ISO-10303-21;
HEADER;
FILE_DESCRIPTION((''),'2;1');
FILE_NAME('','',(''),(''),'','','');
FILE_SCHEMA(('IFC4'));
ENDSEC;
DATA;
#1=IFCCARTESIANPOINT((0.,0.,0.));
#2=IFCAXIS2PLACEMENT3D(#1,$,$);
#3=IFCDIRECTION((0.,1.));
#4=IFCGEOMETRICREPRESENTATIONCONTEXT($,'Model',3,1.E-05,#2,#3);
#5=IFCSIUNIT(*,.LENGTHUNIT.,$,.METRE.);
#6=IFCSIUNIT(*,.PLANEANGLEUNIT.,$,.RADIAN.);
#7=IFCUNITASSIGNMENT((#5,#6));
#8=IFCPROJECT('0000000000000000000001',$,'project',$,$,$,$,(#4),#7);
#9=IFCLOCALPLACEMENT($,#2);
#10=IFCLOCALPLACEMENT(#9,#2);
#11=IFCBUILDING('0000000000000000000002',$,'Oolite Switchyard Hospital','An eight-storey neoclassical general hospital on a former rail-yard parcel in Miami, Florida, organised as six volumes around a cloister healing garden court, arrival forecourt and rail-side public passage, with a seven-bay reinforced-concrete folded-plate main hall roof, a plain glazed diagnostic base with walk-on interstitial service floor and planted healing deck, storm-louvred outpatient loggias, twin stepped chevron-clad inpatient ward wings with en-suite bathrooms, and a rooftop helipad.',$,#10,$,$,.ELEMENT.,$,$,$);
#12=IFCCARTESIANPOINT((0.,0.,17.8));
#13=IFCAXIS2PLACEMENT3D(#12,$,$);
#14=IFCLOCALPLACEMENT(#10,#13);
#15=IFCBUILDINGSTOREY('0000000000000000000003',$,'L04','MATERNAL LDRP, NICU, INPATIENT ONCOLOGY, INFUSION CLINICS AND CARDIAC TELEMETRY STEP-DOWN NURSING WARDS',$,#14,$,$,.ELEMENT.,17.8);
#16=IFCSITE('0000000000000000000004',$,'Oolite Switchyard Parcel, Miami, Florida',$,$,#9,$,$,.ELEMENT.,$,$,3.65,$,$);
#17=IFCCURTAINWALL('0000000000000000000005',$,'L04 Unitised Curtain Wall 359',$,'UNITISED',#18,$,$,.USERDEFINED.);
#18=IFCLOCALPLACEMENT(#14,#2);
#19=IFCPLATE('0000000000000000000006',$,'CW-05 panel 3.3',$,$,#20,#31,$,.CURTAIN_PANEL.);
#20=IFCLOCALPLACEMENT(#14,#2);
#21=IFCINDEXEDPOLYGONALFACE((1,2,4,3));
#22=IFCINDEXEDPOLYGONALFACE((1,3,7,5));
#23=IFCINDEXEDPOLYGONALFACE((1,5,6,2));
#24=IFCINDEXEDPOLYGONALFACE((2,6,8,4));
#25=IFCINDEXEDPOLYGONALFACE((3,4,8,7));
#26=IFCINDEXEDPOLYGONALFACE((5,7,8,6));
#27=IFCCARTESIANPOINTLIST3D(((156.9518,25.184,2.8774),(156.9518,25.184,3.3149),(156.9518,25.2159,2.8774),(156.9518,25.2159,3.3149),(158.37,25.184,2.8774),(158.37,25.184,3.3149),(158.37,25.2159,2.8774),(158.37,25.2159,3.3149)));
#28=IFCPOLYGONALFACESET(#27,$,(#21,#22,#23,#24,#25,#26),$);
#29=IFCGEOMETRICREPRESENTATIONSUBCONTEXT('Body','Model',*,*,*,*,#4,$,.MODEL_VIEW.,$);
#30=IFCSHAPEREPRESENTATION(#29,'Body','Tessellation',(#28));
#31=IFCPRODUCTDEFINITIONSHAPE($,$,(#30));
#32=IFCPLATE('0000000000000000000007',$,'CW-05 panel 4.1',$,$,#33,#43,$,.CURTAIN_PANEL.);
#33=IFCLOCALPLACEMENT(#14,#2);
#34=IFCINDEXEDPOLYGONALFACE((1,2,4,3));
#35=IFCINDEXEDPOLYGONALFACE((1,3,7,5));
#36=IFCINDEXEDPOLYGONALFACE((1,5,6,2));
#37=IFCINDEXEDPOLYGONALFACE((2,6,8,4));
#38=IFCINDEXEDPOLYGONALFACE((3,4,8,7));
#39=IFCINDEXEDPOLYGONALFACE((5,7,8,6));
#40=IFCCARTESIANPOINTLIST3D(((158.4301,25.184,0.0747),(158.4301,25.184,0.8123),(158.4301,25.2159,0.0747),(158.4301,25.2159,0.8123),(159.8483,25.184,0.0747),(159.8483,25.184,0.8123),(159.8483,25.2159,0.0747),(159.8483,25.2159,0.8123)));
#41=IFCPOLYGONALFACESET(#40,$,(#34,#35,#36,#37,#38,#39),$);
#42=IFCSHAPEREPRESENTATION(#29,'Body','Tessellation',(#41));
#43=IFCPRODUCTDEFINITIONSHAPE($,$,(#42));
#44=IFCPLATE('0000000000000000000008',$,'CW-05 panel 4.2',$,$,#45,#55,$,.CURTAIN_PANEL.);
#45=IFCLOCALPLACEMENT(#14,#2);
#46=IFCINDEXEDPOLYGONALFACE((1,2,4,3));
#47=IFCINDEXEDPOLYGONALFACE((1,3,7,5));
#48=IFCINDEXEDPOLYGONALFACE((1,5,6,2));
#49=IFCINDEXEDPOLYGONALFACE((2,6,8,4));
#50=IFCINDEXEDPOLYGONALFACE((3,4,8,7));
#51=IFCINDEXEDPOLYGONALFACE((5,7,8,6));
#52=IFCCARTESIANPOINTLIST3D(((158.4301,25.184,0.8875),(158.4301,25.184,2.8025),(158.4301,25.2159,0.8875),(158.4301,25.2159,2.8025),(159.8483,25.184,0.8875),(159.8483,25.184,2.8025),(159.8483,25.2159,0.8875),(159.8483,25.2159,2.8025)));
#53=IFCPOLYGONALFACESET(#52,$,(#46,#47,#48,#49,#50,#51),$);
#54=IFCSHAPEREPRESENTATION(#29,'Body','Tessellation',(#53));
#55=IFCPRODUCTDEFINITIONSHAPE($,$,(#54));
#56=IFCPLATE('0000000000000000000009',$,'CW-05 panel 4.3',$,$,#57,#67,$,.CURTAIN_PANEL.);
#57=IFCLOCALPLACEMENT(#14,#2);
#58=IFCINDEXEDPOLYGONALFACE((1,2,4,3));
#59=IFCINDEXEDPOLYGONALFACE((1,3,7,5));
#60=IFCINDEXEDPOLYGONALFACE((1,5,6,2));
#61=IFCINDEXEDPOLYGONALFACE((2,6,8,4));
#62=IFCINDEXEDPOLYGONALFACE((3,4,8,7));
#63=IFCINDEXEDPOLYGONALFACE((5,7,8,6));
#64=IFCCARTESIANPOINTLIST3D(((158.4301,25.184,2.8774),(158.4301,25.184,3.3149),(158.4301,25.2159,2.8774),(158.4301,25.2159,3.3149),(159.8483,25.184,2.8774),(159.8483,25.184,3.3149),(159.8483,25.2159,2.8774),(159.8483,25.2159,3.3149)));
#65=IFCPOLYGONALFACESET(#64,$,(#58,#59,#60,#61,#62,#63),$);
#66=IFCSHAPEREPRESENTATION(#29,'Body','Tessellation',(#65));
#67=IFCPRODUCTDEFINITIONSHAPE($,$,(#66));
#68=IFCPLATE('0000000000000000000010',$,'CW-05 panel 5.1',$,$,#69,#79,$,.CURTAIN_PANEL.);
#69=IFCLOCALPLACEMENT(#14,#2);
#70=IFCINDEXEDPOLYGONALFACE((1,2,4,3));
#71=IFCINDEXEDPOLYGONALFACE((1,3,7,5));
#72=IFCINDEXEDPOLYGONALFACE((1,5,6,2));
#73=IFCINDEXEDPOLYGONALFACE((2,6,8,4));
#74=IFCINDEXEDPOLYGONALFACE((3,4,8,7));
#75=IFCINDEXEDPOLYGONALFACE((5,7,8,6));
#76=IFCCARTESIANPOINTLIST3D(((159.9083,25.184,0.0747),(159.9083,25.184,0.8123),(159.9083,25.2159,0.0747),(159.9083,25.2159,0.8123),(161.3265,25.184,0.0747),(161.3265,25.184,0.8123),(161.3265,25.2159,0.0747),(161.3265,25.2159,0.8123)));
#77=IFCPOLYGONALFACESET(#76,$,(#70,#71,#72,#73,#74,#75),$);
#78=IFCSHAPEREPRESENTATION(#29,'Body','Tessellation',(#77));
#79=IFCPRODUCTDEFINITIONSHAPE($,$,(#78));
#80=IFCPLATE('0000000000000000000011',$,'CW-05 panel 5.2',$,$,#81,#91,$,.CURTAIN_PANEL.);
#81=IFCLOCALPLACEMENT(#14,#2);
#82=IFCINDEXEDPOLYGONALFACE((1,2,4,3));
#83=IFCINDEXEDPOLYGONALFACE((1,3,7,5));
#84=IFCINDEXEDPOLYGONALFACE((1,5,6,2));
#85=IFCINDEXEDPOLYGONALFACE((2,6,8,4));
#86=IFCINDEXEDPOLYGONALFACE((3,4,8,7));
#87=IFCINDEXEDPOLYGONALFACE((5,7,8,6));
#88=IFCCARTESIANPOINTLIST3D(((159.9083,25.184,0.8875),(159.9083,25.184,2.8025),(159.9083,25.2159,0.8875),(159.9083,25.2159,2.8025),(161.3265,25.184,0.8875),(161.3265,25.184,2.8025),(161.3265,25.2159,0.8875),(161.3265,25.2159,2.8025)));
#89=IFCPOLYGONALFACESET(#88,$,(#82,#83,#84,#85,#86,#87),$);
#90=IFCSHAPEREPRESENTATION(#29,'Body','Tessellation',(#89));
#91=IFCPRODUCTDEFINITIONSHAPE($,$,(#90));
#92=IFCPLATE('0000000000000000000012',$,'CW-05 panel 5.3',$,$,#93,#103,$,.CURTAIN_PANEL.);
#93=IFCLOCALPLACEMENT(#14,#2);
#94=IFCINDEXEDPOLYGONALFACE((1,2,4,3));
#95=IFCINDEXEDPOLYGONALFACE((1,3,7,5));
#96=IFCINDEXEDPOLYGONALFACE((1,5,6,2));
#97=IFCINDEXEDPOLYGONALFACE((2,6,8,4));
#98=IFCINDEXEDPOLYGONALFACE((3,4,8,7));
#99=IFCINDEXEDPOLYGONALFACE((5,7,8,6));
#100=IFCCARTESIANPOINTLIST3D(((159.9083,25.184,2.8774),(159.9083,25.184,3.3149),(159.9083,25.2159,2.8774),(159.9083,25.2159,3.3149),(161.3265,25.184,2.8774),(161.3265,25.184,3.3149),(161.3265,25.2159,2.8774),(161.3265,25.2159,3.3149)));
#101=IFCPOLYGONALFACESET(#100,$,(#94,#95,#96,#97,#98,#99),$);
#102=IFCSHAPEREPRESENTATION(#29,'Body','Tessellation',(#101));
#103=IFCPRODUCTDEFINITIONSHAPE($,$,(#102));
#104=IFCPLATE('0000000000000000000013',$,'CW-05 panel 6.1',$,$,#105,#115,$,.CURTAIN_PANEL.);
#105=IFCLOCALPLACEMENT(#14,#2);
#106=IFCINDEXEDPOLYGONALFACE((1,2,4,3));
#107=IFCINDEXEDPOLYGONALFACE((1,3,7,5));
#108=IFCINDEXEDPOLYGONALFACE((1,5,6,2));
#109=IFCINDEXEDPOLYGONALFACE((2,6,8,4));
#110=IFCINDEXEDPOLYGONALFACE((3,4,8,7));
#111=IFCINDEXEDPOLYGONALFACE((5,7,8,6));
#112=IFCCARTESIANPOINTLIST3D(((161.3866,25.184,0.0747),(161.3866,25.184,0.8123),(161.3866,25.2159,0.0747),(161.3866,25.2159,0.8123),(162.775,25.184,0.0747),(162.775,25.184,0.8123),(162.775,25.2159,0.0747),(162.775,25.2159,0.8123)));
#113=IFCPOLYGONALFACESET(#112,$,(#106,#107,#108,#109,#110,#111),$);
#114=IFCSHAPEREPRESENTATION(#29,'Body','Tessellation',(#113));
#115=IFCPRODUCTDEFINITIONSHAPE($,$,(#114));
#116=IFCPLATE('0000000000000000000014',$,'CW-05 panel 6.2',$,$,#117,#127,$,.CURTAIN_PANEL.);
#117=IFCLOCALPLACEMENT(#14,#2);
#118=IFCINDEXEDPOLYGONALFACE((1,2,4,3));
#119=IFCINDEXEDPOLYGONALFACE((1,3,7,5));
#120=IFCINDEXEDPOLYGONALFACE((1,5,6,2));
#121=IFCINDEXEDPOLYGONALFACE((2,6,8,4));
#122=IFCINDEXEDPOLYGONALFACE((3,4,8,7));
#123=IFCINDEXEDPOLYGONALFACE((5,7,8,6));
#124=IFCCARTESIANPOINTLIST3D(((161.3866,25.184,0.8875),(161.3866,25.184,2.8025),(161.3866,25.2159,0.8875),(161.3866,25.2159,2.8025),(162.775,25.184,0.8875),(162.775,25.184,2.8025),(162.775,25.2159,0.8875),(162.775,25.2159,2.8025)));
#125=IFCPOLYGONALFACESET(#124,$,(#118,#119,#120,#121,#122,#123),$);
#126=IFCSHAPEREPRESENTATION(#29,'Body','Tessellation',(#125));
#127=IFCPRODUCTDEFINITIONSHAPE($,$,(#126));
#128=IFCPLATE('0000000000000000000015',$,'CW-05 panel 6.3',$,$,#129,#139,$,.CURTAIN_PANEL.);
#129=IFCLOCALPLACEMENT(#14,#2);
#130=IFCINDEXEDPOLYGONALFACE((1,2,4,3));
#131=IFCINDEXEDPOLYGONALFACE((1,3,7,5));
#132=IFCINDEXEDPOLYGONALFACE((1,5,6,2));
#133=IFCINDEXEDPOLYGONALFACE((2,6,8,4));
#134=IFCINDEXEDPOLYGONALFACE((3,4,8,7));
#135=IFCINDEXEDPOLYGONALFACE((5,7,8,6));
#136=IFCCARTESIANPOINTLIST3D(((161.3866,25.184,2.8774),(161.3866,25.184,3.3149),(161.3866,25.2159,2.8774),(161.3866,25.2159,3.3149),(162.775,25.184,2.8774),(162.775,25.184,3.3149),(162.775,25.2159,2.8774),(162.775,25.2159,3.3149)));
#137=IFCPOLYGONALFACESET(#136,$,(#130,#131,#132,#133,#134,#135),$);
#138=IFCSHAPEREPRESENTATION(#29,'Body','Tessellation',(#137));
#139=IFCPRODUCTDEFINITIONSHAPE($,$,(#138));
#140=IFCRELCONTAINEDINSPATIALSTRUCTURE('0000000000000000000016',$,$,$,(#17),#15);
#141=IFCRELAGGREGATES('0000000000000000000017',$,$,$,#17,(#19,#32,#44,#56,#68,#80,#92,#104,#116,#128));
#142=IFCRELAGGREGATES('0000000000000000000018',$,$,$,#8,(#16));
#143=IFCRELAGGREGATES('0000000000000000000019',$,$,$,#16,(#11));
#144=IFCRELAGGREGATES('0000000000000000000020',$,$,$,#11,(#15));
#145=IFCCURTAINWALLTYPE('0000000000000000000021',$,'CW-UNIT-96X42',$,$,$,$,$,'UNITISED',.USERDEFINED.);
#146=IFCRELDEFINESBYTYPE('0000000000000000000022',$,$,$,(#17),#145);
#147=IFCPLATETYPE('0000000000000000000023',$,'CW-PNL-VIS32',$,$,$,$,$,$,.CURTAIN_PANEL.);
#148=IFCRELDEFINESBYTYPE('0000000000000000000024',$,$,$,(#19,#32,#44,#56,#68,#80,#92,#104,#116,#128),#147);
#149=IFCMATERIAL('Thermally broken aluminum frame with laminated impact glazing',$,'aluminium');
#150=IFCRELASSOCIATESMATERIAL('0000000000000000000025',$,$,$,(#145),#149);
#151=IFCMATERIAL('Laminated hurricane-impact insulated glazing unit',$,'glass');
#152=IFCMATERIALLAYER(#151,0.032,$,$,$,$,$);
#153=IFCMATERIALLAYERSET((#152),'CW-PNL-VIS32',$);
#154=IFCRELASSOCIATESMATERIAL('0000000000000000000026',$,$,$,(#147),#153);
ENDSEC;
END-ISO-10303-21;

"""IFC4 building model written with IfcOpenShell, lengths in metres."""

from ifc_helpers import new_model, si_unit, direction, frame, origin, origin_2d, place, context, subcontext, project, spatial, rectangle, extrude, material, layer, layer_set, type_object, element, aggregate, save


model = new_model("IFC4")

# Units and contexts
model_context = context("Model", 3, precision=1e-05, world=origin(), true_north=direction((0.0, 1.0)))
body_context = subcontext(model_context, "Body", "Model", "MODEL_VIEW")
ifc_project = project(units=[si_unit("LENGTHUNIT", "METRE"), si_unit("PLANEANGLEUNIT", "RADIAN")], contexts=[model_context])

# Site, building, storey
site_placement = place(None, origin())
site = spatial("IfcSite", under=ifc_project, at=site_placement, Name="Oolite Switchyard Parcel, Miami, Florida", CompositionType="ELEMENT", RefElevation=3.65)
building_placement = place(site_placement, origin())
building = spatial("IfcBuilding", under=site, at=building_placement, Name="Oolite Switchyard Hospital", Description="An eight-storey neoclassical general hospital on a former rail-yard parcel in Miami, Florida, organised as six volumes around a cloister healing garden court, arrival forecourt and rail-side public passage, with a seven-bay reinforced-concrete folded-plate main hall roof, a plain glazed diagnostic base with walk-on interstitial service floor and planted healing deck, storm-louvred outpatient loggias, twin stepped chevron-clad inpatient ward wings with en-suite bathrooms, and a rooftop helipad.", CompositionType="ELEMENT")
storey_placement = place(building_placement, frame((0.0, 0.0, 17.8)))
storey = spatial("IfcBuildingStorey", under=building, at=storey_placement, Name="L04", Description="MATERNAL LDRP, NICU, INPATIENT ONCOLOGY, INFUSION CLINICS AND CARDIAC TELEMETRY STEP-DOWN NURSING WARDS", CompositionType="ELEMENT", Elevation=17.8)

# Curtain wall
ifc_material_1 = material(Name="Thermally broken aluminum frame with laminated impact glazing", Category="aluminium")
curtain_wall_type = type_object("IfcCurtainWallType", Name="CW-UNIT-96X42", ElementType="UNITISED", PredefinedType="USERDEFINED", material=ifc_material_1)
curtain_wall_1_placement = place(storey_placement, origin())
curtain_wall_1 = element("IfcCurtainWall", 1, at=curtain_wall_1_placement, inside=storey, type_object=curtain_wall_type, Name="L04 Unitised Curtain Wall 359", ObjectType="UNITISED", PredefinedType="USERDEFINED")

# Plates
ifc_material_2 = material(Name="Laminated hurricane-impact insulated glazing unit", Category="glass")
ifc_layer = layer(ifc_material_2, 0.032)
ifc_layer_set = layer_set([ifc_layer], Name="CW-PNL-VIS32")
plate_type = type_object("IfcPlateType", Name="CW-PNL-VIS32", PredefinedType="CURTAIN_PANEL", material=ifc_layer_set)
plate_1_placement = place(storey_placement, frame((157.6609, 25.2, 2.8774), z_axis=(0.0, 0.0, 1.0), x_axis=(1.0, 0.0, 0.0)))
plate_1 = element("IfcPlate", 2, at=plate_1_placement, type_object=plate_type, Name="CW-05 panel 3.3", PredefinedType="CURTAIN_PANEL", context=body_context, shape_type="SweptSolid", body=[
    extrude(rectangle(XDim=1.4182, YDim=0.032, at=origin_2d()), origin(), (0.0, 0.0, 1.0), 0.4375),
])
plate_2_placement = place(storey_placement, frame((159.1392, 25.2, 0.0747), z_axis=(0.0, 0.0, 1.0), x_axis=(1.0, 0.0, 0.0)))
plate_2 = element("IfcPlate", 3, at=plate_2_placement, type_object=plate_type, Name="CW-05 panel 4.1", PredefinedType="CURTAIN_PANEL", context=body_context, shape_type="SweptSolid", body=[
    extrude(rectangle(XDim=1.4182, YDim=0.032, at=origin_2d()), origin(), (0.0, 0.0, 1.0), 0.7375),
])
plate_3_placement = place(storey_placement, frame((159.1392, 25.2, 0.8875), z_axis=(0.0, 0.0, 1.0), x_axis=(1.0, 0.0, 0.0)))
plate_3 = element("IfcPlate", 4, at=plate_3_placement, type_object=plate_type, Name="CW-05 panel 4.2", PredefinedType="CURTAIN_PANEL", context=body_context, shape_type="SweptSolid", body=[
    extrude(rectangle(XDim=1.4182, YDim=0.032, at=origin_2d()), origin(), (0.0, 0.0, 1.0), 1.915),
])
plate_4_placement = place(storey_placement, frame((159.1392, 25.2, 2.8774), z_axis=(0.0, 0.0, 1.0), x_axis=(1.0, 0.0, 0.0)))
plate_4 = element("IfcPlate", 5, at=plate_4_placement, type_object=plate_type, Name="CW-05 panel 4.3", PredefinedType="CURTAIN_PANEL", context=body_context, shape_type="SweptSolid", body=[
    extrude(rectangle(XDim=1.4182, YDim=0.032, at=origin_2d()), origin(), (0.0, 0.0, 1.0), 0.4375),
])
plate_5_placement = place(storey_placement, frame((160.6174, 25.2, 0.0747), z_axis=(0.0, 0.0, 1.0), x_axis=(1.0, 0.0, 0.0)))
plate_5 = element("IfcPlate", 6, at=plate_5_placement, type_object=plate_type, Name="CW-05 panel 5.1", PredefinedType="CURTAIN_PANEL", context=body_context, shape_type="SweptSolid", body=[
    extrude(rectangle(XDim=1.4182, YDim=0.032, at=origin_2d()), origin(), (0.0, 0.0, 1.0), 0.7375),
])
plate_6_placement = place(storey_placement, frame((160.6174, 25.2, 0.8875), z_axis=(0.0, 0.0, 1.0), x_axis=(1.0, 0.0, 0.0)))
plate_6 = element("IfcPlate", 7, at=plate_6_placement, type_object=plate_type, Name="CW-05 panel 5.2", PredefinedType="CURTAIN_PANEL", context=body_context, shape_type="SweptSolid", body=[
    extrude(rectangle(XDim=1.4182, YDim=0.032, at=origin_2d()), origin(), (0.0, 0.0, 1.0), 1.915),
])
plate_7_placement = place(storey_placement, frame((160.6174, 25.2, 2.8774), z_axis=(0.0, 0.0, 1.0), x_axis=(1.0, 0.0, 0.0)))
plate_7 = element("IfcPlate", 8, at=plate_7_placement, type_object=plate_type, Name="CW-05 panel 5.3", PredefinedType="CURTAIN_PANEL", context=body_context, shape_type="SweptSolid", body=[
    extrude(rectangle(XDim=1.4182, YDim=0.032, at=origin_2d()), origin(), (0.0, 0.0, 1.0), 0.4375),
])
plate_8_placement = place(storey_placement, frame((162.0808, 25.2, 0.0747), z_axis=(0.0, 0.0, 1.0), x_axis=(1.0, 0.0, 0.0)))
plate_8 = element("IfcPlate", 9, at=plate_8_placement, type_object=plate_type, Name="CW-05 panel 6.1", PredefinedType="CURTAIN_PANEL", context=body_context, shape_type="SweptSolid", body=[
    extrude(rectangle(XDim=1.3884, YDim=0.032, at=origin_2d()), origin(), (0.0, 0.0, 1.0), 0.7375),
])
plate_9_placement = place(storey_placement, frame((162.0808, 25.2, 0.8875), z_axis=(0.0, 0.0, 1.0), x_axis=(1.0, 0.0, 0.0)))
plate_9 = element("IfcPlate", 10, at=plate_9_placement, type_object=plate_type, Name="CW-05 panel 6.2", PredefinedType="CURTAIN_PANEL", context=body_context, shape_type="SweptSolid", body=[
    extrude(rectangle(XDim=1.3884, YDim=0.032, at=origin_2d()), origin(), (0.0, 0.0, 1.0), 1.915),
])
plate_10_placement = place(storey_placement, frame((162.0808, 25.2, 2.8774), z_axis=(0.0, 0.0, 1.0), x_axis=(1.0, 0.0, 0.0)))
plate_10 = element("IfcPlate", 11, at=plate_10_placement, type_object=plate_type, Name="CW-05 panel 6.3", PredefinedType="CURTAIN_PANEL", context=body_context, shape_type="SweptSolid", body=[
    extrude(rectangle(XDim=1.3884, YDim=0.032, at=origin_2d()), origin(), (0.0, 0.0, 1.0), 0.4375),
])
aggregate(curtain_wall_1, [plate_1, plate_2, plate_3, plate_4, plate_5, plate_6, plate_7, plate_8, plate_9, plate_10])

save(model, "model.ifc")
